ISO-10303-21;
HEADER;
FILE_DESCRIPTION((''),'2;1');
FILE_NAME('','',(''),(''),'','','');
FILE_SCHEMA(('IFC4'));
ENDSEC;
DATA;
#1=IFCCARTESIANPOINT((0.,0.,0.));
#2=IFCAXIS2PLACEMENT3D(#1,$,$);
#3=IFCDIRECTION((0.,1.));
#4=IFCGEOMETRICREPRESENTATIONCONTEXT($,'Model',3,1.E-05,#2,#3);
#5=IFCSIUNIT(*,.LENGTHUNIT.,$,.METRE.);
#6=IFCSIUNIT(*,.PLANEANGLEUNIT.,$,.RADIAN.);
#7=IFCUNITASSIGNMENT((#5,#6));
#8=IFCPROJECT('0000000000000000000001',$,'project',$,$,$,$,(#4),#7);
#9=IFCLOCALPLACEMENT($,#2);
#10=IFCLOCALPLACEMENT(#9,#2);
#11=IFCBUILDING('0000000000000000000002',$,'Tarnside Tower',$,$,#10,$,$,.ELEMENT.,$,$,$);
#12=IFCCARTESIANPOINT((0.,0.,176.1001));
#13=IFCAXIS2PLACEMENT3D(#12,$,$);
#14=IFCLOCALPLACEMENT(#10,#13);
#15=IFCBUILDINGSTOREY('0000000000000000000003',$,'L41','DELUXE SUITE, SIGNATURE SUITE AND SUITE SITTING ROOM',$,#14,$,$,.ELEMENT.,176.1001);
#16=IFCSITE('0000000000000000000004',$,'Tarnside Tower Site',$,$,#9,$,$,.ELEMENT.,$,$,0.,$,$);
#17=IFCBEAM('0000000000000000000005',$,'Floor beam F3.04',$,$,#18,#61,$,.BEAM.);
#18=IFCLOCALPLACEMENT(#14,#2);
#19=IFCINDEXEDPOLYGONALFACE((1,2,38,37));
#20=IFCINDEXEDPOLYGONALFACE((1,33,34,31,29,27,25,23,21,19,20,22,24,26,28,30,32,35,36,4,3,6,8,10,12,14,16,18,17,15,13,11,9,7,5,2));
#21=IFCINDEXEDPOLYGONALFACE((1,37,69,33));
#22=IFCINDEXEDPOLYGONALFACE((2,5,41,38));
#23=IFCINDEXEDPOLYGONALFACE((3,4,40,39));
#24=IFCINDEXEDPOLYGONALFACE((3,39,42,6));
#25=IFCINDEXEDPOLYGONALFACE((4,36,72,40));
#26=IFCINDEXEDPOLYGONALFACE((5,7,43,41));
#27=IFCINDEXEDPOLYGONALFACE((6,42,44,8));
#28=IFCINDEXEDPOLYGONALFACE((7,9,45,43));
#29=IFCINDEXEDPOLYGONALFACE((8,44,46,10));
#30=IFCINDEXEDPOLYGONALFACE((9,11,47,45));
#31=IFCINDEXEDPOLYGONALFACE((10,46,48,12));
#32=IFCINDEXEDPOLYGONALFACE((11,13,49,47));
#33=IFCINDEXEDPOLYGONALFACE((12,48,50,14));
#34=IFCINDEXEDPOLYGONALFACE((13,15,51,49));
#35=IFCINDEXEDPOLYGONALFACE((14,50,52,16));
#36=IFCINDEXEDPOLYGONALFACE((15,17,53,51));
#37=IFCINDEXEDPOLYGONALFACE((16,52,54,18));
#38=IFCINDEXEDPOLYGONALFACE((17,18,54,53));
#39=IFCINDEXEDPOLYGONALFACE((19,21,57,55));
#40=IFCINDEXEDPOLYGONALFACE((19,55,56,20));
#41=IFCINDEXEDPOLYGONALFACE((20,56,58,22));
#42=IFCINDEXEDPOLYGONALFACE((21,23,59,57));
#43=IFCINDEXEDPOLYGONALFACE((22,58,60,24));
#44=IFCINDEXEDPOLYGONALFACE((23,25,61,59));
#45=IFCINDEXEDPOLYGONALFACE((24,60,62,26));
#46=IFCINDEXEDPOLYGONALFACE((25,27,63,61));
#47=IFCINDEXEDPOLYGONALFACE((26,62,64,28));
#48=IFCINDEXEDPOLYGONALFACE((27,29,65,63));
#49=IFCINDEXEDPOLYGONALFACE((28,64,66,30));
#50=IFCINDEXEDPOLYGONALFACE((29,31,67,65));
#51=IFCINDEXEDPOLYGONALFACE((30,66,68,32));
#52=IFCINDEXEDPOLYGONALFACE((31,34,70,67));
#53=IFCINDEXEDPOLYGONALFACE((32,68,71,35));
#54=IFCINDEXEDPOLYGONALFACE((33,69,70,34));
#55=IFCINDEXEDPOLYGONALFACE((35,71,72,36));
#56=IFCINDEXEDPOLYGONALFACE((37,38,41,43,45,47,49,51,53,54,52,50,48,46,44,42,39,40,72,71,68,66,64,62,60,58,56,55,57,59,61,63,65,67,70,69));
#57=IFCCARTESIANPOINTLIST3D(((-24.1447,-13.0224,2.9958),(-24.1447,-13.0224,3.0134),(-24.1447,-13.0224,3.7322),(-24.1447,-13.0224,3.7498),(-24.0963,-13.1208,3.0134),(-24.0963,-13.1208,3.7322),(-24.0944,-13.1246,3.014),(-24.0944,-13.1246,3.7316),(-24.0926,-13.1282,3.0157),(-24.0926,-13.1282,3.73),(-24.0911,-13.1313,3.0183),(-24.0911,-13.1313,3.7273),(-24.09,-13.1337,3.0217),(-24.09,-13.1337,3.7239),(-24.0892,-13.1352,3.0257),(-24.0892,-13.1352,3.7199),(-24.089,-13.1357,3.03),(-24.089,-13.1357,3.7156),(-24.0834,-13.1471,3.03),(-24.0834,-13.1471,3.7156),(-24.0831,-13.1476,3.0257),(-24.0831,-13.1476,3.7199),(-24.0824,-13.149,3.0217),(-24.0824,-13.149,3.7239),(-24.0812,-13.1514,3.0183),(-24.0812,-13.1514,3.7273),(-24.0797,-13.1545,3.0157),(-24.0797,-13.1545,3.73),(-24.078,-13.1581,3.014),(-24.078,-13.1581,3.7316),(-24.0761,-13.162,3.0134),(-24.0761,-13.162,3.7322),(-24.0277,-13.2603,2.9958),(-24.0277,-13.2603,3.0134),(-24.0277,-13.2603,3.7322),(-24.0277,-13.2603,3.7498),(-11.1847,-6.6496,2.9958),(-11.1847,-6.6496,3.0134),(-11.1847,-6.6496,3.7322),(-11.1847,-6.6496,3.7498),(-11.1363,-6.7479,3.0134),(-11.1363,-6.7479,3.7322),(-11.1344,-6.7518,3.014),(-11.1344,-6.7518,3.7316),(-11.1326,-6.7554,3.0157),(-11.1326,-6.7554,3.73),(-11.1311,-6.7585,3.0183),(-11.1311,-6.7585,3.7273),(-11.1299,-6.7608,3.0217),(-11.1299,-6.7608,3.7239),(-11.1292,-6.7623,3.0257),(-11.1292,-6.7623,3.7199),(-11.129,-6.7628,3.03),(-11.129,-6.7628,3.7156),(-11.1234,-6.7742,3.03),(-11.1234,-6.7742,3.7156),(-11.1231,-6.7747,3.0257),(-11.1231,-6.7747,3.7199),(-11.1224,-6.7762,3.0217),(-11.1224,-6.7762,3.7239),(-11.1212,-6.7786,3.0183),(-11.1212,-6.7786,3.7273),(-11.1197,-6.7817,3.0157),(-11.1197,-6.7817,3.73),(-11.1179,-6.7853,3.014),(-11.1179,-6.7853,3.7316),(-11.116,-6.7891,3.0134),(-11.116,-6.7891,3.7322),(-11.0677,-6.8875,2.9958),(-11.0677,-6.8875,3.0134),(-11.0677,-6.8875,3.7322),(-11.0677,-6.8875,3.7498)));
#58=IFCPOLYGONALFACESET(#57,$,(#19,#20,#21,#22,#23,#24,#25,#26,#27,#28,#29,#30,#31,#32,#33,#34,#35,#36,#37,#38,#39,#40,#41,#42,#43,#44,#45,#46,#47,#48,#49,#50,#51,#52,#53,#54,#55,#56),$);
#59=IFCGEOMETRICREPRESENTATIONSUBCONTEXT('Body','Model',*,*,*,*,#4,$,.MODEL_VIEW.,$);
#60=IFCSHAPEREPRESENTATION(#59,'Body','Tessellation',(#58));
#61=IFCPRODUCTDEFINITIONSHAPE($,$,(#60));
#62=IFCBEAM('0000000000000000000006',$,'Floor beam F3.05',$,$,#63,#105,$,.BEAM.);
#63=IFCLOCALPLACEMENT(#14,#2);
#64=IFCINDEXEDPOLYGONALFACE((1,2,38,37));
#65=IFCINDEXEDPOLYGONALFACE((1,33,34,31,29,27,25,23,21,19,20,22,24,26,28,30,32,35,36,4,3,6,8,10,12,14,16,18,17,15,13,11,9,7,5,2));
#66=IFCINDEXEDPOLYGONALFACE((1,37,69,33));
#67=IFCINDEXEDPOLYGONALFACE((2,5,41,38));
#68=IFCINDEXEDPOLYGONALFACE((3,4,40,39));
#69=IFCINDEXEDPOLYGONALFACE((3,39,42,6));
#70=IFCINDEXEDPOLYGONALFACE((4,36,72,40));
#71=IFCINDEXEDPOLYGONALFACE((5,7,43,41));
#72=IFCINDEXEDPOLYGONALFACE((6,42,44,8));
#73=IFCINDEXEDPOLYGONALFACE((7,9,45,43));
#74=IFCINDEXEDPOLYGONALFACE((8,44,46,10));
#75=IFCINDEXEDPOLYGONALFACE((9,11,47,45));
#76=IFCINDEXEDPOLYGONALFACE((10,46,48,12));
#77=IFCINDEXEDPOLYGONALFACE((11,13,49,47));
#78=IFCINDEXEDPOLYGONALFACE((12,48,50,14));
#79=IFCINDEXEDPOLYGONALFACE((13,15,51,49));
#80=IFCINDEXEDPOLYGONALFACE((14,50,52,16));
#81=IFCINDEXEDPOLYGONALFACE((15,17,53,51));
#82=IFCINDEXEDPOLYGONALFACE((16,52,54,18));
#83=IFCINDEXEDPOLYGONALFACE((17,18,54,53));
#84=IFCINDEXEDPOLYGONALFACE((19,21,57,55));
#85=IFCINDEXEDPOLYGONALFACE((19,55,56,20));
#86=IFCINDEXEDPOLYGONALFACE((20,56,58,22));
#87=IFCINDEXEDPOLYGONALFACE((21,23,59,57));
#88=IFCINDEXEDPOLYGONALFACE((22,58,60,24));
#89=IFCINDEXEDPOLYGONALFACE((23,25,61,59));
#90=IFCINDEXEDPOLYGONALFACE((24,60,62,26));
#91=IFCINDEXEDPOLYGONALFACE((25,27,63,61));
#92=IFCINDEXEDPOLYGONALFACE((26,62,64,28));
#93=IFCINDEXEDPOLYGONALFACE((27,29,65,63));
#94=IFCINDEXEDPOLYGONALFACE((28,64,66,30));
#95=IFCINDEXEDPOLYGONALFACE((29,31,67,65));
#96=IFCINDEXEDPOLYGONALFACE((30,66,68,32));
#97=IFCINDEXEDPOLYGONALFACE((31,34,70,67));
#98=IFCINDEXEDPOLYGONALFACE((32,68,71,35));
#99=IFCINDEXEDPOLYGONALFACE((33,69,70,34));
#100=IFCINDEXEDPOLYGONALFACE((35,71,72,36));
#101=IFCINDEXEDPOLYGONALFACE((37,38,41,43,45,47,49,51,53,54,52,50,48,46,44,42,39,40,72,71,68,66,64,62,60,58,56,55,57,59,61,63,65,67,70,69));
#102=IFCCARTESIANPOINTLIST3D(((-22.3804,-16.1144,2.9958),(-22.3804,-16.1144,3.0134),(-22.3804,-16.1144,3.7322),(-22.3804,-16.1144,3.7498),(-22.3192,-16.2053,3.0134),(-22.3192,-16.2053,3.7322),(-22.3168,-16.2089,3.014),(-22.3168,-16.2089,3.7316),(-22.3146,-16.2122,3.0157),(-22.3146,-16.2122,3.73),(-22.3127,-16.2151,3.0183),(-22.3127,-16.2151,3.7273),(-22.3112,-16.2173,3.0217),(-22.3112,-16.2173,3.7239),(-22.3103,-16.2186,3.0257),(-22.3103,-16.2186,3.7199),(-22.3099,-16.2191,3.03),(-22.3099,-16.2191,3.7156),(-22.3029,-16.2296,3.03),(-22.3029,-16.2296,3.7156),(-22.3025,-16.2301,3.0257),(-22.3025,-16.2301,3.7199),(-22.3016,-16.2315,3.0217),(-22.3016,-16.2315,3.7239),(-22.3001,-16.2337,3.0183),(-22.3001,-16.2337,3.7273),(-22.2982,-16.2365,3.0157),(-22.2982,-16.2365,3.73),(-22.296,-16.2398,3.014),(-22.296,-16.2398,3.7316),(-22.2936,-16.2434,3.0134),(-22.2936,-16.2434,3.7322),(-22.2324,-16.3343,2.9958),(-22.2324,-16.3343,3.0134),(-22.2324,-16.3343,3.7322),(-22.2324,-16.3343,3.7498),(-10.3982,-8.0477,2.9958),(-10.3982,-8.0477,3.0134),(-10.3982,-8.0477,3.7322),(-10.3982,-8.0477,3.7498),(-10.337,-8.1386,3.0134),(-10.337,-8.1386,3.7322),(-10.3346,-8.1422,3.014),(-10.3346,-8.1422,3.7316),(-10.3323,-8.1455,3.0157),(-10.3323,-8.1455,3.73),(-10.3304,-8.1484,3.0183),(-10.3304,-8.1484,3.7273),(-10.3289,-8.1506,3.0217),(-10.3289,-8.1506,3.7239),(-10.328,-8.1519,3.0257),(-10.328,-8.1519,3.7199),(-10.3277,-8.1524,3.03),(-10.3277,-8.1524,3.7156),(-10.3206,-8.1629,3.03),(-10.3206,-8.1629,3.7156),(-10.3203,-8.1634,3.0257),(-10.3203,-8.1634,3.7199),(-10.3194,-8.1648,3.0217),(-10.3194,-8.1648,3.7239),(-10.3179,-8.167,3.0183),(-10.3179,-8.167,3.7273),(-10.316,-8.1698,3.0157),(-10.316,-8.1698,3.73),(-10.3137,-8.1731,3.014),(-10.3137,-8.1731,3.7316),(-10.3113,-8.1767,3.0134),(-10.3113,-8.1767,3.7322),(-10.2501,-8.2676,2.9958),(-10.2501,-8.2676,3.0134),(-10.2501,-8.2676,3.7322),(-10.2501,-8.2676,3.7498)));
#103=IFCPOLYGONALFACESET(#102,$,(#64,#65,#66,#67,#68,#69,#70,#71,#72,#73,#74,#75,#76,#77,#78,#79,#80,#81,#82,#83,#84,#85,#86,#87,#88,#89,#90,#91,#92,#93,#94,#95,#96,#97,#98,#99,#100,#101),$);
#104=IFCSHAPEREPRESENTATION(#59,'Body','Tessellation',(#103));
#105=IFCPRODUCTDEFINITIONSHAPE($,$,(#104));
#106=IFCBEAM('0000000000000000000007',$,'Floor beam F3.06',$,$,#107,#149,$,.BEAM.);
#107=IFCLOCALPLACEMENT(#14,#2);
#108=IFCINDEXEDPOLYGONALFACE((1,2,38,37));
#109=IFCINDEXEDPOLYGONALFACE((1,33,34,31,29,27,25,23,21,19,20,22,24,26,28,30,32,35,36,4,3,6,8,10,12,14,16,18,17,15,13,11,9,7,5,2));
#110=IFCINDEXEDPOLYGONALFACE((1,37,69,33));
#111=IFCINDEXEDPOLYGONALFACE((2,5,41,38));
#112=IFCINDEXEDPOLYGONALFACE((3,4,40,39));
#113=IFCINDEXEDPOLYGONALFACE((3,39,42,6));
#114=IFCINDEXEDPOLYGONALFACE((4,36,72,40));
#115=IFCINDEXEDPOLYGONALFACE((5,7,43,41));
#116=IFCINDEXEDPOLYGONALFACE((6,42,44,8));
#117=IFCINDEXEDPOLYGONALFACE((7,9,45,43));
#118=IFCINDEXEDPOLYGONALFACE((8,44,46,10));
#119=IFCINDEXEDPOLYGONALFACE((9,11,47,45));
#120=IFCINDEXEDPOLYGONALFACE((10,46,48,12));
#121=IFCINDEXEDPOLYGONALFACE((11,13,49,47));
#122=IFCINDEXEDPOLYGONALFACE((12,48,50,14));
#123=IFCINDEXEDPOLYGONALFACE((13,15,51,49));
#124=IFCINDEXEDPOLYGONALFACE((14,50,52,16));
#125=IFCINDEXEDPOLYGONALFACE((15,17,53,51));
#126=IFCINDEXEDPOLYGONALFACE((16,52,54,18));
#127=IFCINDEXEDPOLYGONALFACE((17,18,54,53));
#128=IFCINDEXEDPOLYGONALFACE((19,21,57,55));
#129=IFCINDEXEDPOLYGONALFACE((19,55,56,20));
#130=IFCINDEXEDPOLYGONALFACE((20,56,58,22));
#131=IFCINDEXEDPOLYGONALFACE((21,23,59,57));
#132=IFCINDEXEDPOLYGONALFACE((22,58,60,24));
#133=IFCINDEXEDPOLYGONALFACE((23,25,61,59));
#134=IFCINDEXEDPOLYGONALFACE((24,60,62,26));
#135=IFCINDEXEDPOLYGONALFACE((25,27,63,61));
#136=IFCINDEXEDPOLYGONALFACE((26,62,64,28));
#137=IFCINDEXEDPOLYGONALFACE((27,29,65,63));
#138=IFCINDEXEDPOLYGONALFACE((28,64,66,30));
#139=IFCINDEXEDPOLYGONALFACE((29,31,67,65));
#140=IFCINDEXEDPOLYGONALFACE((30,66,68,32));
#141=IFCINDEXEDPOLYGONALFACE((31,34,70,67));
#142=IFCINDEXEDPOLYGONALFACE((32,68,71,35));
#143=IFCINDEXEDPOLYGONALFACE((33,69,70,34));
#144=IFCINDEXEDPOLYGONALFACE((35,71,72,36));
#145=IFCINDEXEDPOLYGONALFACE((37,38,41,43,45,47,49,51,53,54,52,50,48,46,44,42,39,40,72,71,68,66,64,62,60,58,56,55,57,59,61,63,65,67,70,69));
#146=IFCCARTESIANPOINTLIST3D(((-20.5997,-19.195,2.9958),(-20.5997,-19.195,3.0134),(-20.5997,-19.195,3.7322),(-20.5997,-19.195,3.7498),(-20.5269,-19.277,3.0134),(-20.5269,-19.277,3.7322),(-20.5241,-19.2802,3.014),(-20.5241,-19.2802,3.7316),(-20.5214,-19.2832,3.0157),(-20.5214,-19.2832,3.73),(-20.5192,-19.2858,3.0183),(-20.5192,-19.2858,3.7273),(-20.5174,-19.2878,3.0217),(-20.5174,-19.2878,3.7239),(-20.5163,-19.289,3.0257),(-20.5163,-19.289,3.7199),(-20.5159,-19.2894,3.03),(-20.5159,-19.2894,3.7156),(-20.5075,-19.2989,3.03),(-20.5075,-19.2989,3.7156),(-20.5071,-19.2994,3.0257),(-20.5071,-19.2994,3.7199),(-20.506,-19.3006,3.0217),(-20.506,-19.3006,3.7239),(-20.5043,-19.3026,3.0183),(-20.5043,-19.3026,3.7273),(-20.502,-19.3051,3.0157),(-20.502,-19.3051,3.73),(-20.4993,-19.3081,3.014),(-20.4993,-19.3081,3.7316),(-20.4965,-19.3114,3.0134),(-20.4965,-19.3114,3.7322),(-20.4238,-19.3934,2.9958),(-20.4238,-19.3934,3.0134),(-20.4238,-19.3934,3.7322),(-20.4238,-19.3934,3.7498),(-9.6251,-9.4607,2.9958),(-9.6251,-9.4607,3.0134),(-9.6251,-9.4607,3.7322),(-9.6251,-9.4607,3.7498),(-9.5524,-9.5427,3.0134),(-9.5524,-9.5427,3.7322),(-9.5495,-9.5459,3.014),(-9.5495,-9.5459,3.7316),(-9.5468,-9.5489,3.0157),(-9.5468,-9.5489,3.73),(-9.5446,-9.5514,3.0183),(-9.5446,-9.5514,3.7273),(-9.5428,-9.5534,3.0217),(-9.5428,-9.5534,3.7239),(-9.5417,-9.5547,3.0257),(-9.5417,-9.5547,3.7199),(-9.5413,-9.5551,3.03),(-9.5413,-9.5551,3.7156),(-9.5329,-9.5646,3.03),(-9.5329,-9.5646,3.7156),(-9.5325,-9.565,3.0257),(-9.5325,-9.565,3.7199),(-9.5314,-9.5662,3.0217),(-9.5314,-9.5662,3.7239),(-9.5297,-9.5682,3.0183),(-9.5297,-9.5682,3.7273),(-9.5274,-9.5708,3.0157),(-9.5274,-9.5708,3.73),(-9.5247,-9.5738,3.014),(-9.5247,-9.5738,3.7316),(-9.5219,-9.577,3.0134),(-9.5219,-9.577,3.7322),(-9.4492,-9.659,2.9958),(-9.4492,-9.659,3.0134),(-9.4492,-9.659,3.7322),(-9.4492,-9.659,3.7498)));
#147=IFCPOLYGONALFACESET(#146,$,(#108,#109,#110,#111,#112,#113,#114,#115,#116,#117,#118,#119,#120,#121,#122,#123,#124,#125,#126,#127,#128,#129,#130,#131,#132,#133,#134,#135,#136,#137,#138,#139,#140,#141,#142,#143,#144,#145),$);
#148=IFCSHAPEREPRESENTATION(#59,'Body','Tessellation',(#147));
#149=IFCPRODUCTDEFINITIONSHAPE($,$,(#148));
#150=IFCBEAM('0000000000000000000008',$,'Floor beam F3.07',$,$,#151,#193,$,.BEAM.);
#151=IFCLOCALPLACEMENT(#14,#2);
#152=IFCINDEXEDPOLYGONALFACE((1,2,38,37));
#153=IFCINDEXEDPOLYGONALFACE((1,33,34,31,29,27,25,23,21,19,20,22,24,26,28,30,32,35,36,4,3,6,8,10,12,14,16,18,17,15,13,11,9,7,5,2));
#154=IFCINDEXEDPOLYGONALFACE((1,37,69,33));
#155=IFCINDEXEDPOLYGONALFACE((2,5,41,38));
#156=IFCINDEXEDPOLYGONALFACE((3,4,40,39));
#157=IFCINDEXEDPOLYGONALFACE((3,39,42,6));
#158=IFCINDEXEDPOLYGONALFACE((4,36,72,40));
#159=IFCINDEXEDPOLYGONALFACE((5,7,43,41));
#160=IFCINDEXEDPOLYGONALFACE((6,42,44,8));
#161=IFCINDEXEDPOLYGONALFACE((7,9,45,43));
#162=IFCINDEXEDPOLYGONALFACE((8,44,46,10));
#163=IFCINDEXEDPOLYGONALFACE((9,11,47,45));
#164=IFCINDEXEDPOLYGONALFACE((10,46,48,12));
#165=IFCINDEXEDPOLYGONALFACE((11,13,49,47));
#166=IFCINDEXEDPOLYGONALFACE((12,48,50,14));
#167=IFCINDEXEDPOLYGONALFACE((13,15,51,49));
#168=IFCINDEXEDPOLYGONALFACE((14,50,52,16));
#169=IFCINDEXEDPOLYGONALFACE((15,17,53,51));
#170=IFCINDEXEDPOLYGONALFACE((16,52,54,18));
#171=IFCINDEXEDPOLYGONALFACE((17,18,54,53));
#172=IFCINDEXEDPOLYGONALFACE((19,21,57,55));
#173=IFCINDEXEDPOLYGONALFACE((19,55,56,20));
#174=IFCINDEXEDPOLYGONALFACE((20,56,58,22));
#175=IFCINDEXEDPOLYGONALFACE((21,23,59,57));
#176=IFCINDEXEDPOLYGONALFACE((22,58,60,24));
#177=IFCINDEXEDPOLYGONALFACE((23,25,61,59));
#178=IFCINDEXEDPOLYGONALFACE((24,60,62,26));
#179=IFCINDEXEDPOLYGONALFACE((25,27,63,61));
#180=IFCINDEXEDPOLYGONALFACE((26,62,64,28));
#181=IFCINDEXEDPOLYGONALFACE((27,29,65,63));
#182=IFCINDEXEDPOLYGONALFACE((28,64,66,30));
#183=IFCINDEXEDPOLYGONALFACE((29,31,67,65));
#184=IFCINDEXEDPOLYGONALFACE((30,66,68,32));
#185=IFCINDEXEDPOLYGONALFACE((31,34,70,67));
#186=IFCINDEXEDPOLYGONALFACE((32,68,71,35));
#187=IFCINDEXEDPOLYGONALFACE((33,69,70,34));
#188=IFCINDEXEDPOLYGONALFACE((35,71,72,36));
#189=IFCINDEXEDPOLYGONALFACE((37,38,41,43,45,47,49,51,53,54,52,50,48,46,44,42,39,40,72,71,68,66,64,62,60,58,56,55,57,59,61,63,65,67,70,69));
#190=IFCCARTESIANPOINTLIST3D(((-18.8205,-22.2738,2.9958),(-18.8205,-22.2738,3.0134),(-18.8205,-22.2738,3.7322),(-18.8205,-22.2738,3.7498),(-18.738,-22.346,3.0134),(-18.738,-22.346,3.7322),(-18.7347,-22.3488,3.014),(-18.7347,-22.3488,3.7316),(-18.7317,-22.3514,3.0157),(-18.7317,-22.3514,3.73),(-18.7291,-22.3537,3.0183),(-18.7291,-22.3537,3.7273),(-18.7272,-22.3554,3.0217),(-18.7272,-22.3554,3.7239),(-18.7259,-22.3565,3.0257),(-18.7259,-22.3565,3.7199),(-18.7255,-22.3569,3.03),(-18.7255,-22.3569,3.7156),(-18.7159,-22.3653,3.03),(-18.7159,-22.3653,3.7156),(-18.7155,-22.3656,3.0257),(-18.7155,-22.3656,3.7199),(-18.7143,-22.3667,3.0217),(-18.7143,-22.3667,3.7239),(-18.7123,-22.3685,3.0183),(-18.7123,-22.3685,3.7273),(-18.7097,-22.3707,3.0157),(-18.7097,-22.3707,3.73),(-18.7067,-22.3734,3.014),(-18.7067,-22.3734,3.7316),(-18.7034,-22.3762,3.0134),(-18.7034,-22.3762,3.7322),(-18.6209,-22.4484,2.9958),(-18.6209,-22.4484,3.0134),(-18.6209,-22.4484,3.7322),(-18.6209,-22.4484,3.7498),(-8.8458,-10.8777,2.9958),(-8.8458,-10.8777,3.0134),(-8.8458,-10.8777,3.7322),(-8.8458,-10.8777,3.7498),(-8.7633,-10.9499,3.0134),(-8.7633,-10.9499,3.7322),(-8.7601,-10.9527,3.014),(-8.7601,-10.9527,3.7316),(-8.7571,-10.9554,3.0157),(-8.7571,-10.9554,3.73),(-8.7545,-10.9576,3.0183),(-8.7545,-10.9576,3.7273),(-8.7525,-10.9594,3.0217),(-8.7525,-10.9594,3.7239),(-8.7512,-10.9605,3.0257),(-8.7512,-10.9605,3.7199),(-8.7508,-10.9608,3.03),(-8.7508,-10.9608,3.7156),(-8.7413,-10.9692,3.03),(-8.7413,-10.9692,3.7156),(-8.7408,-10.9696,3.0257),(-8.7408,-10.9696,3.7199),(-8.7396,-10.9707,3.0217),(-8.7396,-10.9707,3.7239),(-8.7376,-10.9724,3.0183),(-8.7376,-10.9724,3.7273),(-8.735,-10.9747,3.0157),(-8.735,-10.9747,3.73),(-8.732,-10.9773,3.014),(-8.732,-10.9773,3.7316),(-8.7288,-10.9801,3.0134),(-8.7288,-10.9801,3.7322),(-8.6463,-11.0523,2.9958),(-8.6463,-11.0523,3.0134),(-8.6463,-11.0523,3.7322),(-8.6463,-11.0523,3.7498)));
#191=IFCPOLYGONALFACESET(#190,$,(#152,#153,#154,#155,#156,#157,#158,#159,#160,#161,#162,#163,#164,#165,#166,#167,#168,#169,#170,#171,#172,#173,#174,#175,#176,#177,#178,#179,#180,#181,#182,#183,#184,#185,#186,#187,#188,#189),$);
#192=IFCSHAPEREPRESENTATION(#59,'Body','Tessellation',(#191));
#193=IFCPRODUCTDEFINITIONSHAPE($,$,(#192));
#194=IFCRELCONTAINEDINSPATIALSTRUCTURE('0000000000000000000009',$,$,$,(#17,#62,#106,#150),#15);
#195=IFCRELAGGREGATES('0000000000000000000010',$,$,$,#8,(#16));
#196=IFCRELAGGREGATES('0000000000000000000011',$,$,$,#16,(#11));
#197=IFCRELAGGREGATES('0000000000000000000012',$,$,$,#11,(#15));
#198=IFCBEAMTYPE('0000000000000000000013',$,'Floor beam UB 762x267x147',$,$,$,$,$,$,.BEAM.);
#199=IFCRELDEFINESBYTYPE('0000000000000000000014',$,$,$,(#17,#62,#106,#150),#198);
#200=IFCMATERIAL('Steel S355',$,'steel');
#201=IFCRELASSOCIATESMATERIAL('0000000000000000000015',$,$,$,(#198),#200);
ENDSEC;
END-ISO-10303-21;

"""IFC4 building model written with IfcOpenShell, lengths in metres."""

from ifc_helpers import new_model, si_unit, direction, frame, origin, origin_2d, place, context, subcontext, project, spatial, i_section, extrude, material, material_profile, profile_set, type_object, element, save


model = new_model("IFC4")

# Units and contexts
model_context = context("Model", 3, precision=1e-05, world=origin(), true_north=direction((0.0, 1.0)))
body_context = subcontext(model_context, "Body", "Model", "MODEL_VIEW")
ifc_project = project(units=[si_unit("LENGTHUNIT", "METRE"), si_unit("PLANEANGLEUNIT", "RADIAN")], contexts=[model_context])

# Site, building, storey
site_placement = place(None, origin())
site = spatial("IfcSite", under=ifc_project, at=site_placement, Name="Tarnside Tower Site", CompositionType="ELEMENT", RefElevation=0.0)
building_placement = place(site_placement, origin())
building = spatial("IfcBuilding", under=site, at=building_placement, Name="Tarnside Tower", CompositionType="ELEMENT")
storey_placement = place(building_placement, frame((0.0, 0.0, 176.1001)))
storey = spatial("IfcBuildingStorey", under=building, at=storey_placement, Name="L41", Description="DELUXE SUITE, SIGNATURE SUITE AND SUITE SITTING ROOM", CompositionType="ELEMENT", Elevation=176.1001)

# Beams
ifc_material_1 = material(Name="Steel S355", Category="steel")
ifc_material_profile_1 = material_profile(ifc_material_1, i_section(OverallWidth=0.2651, OverallDepth=0.7539, WebThickness=0.0127, FlangeThickness=0.0176, FilletRadius=0.0166, at=origin_2d()), Name="UB 762x267x147")
ifc_profile_set_1 = profile_set([ifc_material_profile_1], Name="Steel S355")
beam_type_1 = type_object("IfcBeamType", Name="Floor beam UB 762x267x147", PredefinedType="BEAM", material=ifc_profile_set_1)
beam_1_placement = place(storey_placement, frame((-24.0862, -13.1414, 3.3728), z_axis=(0.897376, 0.441267, 0.0), x_axis=(-0.441267, 0.897376, 0.0)))
element("IfcBeam", 1, at=beam_1_placement, inside=storey, type_object=beam_type_1, Name="Floor beam F3.04", PredefinedType="BEAM", context=body_context, shape_type="SweptSolid", body=[
    extrude(i_section(OverallWidth=0.2651, OverallDepth=0.7539, WebThickness=0.0127, FlangeThickness=0.0176, FilletRadius=0.0166, at=origin_2d()), origin(), (0.0, 0.0, 1.0), 14.4421),
])
beam_2_placement = place(storey_placement, frame((-22.3064, -16.2244, 3.3728), z_axis=(0.829532, 0.558458, 0.0), x_axis=(-0.558458, 0.829532, 0.0)))
element("IfcBeam", 2, at=beam_2_placement, inside=storey, type_object=beam_type_1, Name="Floor beam F3.05", PredefinedType="BEAM", context=body_context, shape_type="SweptSolid", body=[
    extrude(i_section(OverallWidth=0.2651, OverallDepth=0.7539, WebThickness=0.0127, FlangeThickness=0.0176, FilletRadius=0.0166, at=origin_2d()), origin(), (0.0, 0.0, 1.0), 14.4446),
])
beam_3_placement = place(storey_placement, frame((-20.5117, -19.2942, 3.3728), z_axis=(0.748114, 0.66357, 0.0), x_axis=(-0.66357, 0.748114, 0.0)))
element("IfcBeam", 3, at=beam_3_placement, inside=storey, type_object=beam_type_1, Name="Floor beam F3.06", PredefinedType="BEAM", context=body_context, shape_type="SweptSolid", body=[
    extrude(i_section(OverallWidth=0.2651, OverallDepth=0.7539, WebThickness=0.0127, FlangeThickness=0.0176, FilletRadius=0.0166, at=origin_2d()), origin(), (0.0, 0.0, 1.0), 14.6697),
])
beam_4_placement = place(storey_placement, frame((-18.7207, -22.3611, 3.3728), z_axis=(0.658621, 0.752475, 0.0), x_axis=(-0.752475, 0.658621, 0.0)))
element("IfcBeam", 4, at=beam_4_placement, inside=storey, type_object=beam_type_1, Name="Floor beam F3.07", PredefinedType="BEAM", context=body_context, shape_type="SweptSolid", body=[
    extrude(i_section(OverallWidth=0.2651, OverallDepth=0.7539, WebThickness=0.0127, FlangeThickness=0.0176, FilletRadius=0.0166, at=origin_2d()), origin(), (0.0, 0.0, 1.0), 15.1448),
])

save(model, "model.ifc")
